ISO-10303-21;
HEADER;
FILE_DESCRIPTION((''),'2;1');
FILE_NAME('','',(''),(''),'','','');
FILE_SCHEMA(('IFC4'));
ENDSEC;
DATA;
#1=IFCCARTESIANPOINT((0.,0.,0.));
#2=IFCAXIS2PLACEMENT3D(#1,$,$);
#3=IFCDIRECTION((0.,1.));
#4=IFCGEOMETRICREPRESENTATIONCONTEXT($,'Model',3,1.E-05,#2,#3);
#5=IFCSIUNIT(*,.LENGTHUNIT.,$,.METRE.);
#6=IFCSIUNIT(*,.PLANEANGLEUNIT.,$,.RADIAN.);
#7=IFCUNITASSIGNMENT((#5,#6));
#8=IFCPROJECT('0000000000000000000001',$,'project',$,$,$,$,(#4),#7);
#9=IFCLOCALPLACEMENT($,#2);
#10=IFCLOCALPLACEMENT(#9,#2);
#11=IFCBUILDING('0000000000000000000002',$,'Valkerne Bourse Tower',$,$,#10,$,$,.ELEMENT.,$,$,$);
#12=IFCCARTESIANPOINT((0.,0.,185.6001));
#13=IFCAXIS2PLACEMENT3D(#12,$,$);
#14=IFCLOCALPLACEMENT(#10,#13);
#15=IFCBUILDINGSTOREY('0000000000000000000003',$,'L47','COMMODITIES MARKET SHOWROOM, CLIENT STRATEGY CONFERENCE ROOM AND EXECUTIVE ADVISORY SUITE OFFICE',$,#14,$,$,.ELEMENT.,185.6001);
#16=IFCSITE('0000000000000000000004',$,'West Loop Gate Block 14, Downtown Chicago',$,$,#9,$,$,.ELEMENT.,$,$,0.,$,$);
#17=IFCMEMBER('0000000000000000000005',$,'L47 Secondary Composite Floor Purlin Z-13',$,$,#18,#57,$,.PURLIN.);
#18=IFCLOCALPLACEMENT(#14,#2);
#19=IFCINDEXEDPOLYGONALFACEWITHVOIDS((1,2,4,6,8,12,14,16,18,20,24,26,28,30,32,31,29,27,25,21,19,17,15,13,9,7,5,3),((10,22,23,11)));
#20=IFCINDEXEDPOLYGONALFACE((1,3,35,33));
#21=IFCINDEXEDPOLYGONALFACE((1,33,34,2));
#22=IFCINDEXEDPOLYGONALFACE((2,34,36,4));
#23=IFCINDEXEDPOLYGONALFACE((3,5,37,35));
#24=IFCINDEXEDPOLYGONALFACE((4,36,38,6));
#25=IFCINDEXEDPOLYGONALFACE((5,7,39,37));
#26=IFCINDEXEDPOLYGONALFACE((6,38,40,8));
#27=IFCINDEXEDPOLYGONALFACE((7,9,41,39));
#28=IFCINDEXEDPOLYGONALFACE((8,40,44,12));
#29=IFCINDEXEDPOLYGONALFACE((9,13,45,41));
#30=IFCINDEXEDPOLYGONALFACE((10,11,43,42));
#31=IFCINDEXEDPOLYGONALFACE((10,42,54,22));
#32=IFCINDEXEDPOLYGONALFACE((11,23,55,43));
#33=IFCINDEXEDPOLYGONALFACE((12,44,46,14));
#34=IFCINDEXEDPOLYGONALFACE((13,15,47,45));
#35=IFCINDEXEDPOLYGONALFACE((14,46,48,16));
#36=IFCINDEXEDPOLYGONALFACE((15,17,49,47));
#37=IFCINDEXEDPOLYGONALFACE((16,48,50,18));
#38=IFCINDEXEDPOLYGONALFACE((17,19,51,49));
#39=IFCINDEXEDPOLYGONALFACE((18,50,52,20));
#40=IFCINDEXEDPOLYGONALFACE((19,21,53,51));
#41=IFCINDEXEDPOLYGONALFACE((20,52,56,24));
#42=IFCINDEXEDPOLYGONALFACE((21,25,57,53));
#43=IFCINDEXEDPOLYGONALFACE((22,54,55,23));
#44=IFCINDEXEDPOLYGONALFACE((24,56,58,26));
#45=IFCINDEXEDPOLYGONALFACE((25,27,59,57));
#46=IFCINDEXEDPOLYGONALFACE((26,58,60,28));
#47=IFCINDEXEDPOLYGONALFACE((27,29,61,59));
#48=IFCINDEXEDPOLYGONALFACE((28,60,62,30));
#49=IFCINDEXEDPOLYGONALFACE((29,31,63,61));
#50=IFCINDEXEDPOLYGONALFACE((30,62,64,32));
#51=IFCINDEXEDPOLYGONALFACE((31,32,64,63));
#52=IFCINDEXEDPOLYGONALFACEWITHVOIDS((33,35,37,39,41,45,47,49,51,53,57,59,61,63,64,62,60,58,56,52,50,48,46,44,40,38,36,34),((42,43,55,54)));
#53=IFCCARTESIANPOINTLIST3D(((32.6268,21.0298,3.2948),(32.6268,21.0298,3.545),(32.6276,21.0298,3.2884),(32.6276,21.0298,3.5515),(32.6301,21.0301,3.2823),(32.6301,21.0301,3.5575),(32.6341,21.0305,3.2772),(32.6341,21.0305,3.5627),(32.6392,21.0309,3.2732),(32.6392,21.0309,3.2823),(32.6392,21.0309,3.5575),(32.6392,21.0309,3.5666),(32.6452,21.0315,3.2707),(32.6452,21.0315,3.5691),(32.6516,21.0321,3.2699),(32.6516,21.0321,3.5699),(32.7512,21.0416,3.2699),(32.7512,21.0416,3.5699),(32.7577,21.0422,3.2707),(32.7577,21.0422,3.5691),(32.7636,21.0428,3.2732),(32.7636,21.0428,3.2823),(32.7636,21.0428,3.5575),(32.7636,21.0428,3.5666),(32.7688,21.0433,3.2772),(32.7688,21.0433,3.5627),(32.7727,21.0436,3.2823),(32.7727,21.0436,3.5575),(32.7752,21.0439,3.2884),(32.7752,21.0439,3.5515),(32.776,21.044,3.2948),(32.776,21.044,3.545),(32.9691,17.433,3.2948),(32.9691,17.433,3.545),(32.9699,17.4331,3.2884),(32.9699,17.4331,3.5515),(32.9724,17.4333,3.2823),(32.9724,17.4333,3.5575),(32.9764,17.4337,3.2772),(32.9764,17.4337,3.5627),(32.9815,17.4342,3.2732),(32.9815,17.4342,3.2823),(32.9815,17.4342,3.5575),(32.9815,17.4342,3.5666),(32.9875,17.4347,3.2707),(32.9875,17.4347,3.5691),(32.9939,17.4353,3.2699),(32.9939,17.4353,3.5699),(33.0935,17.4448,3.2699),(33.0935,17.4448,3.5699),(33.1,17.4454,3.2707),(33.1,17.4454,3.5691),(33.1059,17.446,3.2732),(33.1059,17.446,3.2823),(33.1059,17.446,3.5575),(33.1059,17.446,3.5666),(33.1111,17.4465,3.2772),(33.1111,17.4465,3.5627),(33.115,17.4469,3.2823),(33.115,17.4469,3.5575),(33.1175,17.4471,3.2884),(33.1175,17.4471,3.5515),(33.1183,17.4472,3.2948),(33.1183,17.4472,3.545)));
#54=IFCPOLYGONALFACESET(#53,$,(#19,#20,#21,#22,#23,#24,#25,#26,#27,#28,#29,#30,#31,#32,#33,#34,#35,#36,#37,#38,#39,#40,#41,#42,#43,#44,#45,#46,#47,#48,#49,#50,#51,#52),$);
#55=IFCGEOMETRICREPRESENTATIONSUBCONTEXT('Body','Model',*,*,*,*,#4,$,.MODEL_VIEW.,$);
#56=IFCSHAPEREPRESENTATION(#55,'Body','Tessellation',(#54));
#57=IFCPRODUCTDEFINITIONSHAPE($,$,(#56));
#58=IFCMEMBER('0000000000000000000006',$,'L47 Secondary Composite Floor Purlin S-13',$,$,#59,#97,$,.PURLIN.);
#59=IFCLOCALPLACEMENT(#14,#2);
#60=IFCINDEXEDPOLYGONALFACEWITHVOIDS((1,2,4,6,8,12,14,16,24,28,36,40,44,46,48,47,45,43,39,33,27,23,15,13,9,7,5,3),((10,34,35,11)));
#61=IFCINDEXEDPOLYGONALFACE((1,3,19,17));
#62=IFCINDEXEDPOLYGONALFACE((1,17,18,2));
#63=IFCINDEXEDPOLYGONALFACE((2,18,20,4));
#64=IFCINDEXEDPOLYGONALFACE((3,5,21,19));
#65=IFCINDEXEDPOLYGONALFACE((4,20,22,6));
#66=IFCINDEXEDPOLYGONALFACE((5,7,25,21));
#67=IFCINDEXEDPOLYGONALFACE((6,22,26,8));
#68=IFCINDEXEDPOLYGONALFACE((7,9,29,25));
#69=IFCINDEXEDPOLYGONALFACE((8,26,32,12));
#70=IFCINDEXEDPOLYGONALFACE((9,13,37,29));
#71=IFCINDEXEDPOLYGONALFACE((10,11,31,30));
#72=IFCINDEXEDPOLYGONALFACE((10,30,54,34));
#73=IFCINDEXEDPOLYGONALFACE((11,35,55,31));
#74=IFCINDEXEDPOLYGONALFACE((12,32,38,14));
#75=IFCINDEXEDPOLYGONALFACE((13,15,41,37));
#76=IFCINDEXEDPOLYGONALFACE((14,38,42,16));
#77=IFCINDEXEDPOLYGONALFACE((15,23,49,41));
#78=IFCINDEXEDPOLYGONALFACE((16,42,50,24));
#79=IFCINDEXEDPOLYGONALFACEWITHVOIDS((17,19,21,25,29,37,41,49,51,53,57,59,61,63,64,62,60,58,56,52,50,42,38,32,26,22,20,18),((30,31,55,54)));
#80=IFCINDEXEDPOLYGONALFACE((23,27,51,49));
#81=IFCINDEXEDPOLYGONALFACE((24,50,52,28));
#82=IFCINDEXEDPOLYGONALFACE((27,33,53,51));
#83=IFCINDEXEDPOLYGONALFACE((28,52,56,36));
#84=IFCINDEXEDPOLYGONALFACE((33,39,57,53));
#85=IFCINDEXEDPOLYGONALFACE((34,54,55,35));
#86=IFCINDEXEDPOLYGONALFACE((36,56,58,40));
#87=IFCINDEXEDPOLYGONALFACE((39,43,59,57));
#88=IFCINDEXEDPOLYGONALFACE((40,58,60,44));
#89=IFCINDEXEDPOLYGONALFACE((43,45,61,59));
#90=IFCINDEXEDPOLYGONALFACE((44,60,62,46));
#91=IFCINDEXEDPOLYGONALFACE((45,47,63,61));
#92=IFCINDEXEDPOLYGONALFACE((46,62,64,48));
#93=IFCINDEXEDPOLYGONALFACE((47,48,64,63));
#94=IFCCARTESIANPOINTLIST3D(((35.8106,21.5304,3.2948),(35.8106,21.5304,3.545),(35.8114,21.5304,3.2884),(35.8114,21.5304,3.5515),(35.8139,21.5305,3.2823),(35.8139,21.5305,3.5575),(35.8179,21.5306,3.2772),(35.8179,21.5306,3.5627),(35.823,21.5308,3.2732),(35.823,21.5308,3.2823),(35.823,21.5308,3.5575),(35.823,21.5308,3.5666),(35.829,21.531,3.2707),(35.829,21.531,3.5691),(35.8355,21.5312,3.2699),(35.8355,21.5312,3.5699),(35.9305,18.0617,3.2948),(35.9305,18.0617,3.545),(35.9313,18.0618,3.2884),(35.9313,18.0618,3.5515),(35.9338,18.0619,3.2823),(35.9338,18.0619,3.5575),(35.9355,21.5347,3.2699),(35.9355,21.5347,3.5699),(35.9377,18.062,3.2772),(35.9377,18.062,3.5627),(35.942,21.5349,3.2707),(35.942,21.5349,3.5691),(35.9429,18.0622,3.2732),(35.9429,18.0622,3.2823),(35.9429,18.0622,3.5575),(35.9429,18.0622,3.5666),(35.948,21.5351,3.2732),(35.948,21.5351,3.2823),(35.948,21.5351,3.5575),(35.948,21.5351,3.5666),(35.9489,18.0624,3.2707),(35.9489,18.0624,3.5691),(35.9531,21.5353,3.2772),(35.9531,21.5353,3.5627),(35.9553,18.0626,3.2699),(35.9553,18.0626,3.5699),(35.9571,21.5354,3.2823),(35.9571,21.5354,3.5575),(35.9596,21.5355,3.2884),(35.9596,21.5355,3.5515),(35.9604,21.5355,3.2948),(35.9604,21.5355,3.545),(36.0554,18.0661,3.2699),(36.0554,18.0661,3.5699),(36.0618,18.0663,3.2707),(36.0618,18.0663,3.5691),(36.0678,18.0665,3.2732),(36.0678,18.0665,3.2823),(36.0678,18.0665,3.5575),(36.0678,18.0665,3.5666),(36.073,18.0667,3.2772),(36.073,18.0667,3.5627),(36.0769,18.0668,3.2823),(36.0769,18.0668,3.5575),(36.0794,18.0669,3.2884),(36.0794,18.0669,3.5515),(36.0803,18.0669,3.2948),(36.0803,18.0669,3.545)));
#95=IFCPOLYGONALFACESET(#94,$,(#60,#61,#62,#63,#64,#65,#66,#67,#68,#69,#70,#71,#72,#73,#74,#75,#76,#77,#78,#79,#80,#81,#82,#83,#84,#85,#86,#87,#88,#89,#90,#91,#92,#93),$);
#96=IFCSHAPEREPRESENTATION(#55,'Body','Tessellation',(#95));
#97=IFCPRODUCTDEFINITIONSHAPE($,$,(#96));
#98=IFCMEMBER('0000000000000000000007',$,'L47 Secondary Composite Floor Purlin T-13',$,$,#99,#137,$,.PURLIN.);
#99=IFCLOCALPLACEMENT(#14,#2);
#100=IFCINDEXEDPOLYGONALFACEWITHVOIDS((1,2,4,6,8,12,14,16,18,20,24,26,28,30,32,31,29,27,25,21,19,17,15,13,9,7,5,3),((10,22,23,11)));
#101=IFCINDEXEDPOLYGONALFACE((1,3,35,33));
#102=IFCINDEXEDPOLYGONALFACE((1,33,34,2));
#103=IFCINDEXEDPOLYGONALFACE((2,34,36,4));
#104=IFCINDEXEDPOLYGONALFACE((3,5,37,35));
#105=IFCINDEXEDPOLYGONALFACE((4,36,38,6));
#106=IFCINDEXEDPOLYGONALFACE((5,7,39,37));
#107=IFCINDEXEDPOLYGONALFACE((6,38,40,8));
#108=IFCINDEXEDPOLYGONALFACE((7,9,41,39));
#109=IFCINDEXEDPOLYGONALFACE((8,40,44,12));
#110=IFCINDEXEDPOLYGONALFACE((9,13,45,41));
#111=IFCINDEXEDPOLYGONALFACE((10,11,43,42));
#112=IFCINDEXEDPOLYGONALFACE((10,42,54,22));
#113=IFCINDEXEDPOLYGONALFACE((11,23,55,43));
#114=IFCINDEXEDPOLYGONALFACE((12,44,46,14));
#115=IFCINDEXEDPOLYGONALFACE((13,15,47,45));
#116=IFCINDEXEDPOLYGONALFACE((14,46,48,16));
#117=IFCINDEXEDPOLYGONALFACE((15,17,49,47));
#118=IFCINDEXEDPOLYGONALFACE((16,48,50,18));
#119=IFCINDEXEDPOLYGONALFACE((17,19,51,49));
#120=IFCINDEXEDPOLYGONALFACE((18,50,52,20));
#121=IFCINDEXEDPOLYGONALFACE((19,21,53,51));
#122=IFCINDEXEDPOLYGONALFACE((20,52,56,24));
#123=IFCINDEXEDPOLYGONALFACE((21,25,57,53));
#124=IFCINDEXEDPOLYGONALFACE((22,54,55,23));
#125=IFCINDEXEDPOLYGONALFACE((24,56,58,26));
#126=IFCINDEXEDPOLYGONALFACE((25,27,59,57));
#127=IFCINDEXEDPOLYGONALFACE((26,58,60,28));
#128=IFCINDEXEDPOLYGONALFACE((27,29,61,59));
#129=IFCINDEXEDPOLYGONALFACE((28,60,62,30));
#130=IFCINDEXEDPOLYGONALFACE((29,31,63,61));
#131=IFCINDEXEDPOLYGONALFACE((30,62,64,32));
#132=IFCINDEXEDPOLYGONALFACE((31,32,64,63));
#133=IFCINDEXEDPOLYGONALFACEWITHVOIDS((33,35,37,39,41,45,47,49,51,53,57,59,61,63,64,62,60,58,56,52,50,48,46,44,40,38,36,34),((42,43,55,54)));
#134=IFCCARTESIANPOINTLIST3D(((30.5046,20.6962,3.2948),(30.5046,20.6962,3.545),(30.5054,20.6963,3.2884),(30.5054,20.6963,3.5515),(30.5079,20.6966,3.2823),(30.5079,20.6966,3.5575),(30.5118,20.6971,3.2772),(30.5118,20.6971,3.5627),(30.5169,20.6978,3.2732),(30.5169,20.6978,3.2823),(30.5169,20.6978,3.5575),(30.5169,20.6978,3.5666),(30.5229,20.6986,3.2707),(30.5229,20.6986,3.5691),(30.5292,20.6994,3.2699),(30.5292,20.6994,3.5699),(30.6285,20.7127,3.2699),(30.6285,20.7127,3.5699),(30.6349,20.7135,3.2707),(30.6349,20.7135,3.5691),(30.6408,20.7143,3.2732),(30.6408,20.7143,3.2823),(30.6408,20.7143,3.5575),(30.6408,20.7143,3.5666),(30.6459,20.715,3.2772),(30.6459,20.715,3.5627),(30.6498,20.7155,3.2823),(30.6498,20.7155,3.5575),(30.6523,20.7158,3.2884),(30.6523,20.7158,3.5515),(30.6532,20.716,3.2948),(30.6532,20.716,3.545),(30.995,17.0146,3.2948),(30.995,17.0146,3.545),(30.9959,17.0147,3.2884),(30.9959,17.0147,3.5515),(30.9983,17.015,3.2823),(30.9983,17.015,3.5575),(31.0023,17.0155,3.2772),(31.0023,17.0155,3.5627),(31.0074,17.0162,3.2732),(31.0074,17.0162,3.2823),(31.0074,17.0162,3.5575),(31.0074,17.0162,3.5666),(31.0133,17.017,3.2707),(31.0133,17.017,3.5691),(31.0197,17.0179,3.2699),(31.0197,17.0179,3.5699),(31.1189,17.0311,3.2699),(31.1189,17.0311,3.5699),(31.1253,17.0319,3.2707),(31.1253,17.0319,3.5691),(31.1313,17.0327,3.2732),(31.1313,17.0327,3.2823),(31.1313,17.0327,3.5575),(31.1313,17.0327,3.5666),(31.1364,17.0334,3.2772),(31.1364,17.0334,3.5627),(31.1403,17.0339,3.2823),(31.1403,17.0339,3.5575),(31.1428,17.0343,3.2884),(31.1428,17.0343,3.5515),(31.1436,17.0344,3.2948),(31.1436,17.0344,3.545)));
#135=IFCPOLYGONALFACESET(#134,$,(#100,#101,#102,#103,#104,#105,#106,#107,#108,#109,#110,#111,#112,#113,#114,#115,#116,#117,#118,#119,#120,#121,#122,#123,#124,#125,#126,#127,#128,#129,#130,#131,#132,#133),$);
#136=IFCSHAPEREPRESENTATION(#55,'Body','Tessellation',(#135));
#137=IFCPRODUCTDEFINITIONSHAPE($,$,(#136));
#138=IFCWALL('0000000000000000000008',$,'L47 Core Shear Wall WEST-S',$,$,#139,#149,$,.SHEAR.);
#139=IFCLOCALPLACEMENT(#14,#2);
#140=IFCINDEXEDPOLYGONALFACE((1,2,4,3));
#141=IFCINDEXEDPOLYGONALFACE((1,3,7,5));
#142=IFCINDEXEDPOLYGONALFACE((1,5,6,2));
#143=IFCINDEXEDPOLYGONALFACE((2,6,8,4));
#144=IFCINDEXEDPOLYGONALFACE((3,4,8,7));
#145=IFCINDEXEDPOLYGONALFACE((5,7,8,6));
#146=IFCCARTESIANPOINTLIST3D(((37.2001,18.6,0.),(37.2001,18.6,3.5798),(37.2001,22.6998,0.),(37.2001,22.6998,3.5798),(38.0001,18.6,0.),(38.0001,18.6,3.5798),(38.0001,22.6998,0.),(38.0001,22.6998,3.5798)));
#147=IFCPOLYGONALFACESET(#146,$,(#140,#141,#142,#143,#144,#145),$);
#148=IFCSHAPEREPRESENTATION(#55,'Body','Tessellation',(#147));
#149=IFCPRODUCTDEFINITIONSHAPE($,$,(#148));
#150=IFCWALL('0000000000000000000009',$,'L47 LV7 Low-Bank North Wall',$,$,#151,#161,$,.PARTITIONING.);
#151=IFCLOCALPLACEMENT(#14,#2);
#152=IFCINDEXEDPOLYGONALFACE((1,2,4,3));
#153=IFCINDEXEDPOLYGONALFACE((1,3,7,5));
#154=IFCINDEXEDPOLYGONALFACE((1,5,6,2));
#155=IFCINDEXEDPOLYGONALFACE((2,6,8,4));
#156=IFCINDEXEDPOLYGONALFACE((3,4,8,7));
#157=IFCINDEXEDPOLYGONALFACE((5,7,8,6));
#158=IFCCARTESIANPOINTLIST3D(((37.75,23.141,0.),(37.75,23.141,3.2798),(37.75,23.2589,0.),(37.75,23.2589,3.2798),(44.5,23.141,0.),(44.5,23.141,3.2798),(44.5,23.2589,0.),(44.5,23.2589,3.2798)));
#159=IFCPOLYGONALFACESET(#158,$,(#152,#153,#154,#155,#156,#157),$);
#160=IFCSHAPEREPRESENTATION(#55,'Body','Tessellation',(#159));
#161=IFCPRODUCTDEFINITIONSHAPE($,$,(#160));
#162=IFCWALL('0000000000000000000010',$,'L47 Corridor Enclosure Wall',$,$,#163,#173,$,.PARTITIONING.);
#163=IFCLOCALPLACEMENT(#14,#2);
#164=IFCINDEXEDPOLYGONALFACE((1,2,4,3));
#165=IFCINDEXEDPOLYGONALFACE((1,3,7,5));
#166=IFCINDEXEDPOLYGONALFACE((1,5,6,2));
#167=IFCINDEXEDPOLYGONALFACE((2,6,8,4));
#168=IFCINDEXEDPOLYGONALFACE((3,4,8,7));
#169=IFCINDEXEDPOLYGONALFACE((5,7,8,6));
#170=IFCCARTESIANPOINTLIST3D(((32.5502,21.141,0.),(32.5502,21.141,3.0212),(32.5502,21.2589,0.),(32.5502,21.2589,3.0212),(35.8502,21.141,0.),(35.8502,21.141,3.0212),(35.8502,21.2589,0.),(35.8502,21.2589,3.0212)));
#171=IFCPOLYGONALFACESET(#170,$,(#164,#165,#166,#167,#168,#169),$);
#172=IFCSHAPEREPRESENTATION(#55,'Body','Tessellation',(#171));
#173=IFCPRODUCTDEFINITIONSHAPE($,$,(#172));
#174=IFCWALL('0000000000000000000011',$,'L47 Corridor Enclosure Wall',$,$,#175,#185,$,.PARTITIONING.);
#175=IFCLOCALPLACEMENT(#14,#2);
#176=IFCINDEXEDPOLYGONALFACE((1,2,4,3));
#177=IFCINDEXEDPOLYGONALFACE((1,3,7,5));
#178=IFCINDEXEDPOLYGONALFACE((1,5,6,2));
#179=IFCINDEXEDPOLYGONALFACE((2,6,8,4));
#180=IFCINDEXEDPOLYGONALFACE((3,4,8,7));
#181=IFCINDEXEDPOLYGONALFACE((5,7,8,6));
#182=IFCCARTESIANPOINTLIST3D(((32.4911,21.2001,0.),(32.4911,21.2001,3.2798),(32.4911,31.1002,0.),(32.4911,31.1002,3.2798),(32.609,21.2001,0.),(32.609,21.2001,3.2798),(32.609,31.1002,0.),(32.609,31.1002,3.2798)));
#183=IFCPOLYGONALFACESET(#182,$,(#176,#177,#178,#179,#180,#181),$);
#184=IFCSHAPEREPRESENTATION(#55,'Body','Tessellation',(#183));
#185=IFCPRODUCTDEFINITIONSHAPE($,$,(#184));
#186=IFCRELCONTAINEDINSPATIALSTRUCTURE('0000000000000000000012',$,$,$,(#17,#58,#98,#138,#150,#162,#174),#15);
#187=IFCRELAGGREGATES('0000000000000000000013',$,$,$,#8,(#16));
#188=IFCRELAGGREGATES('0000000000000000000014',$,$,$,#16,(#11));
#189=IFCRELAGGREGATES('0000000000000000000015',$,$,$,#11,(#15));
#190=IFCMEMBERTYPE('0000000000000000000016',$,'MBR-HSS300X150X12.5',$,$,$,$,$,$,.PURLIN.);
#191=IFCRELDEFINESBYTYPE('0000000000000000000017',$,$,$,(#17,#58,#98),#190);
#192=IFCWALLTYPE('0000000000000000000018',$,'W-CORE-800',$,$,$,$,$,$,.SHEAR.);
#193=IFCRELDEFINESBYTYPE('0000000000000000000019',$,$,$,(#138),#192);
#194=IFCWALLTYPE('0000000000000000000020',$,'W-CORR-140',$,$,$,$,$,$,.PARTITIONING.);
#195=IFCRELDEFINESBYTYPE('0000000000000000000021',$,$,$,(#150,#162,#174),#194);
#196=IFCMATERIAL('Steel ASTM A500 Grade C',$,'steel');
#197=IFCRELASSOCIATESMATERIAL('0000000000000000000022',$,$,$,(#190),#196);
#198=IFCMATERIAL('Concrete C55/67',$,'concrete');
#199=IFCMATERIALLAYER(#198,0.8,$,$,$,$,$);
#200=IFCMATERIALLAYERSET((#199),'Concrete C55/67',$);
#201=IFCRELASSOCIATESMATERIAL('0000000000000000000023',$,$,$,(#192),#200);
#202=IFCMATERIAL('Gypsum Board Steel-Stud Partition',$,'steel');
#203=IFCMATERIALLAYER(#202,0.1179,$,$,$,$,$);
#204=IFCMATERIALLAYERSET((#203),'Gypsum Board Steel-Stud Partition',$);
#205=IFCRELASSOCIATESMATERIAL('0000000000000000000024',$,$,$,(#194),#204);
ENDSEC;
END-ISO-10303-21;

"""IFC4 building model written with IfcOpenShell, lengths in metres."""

from ifc_helpers import new_model, si_unit, direction, frame, frame_2d, origin, origin_2d, place, context, subcontext, project, spatial, rectangle, hollow_rectangle, extrude, material, layer, layer_set, material_profile, profile_set, type_object, element, save


model = new_model("IFC4")

# Units and contexts
model_context = context("Model", 3, precision=1e-05, world=origin(), true_north=direction((0.0, 1.0)))
body_context = subcontext(model_context, "Body", "Model", "MODEL_VIEW")
ifc_project = project(units=[si_unit("LENGTHUNIT", "METRE"), si_unit("PLANEANGLEUNIT", "RADIAN")], contexts=[model_context])

# Site, building, storey
site_placement = place(None, origin())
site = spatial("IfcSite", under=ifc_project, at=site_placement, Name="West Loop Gate Block 14, Downtown Chicago", CompositionType="ELEMENT", RefElevation=0.0)
building_placement = place(site_placement, origin())
building = spatial("IfcBuilding", under=site, at=building_placement, Name="Valkerne Bourse Tower", CompositionType="ELEMENT")
storey_placement = place(building_placement, frame((0.0, 0.0, 185.6001)))
storey = spatial("IfcBuildingStorey", under=building, at=storey_placement, Name="L47", Description="COMMODITIES MARKET SHOWROOM, CLIENT STRATEGY CONFERENCE ROOM AND EXECUTIVE ADVISORY SUITE OFFICE", CompositionType="ELEMENT", Elevation=185.6001)

# Members
ifc_material_1 = material(Name="Steel ASTM A500 Grade C", Category="steel")
ifc_material_profile_1 = material_profile(ifc_material_1, hollow_rectangle(XDim=0.1499, YDim=0.3, WallThickness=0.0125, OuterFilletRadius=0.0249, at=origin_2d()), Name="HSS300X150X12.5")
ifc_profile_set_1 = profile_set([ifc_material_profile_1], Name="Steel ASTM A500 Grade C")
member_type = type_object("IfcMemberType", Name="MBR-HSS300X150X12.5", PredefinedType="PURLIN", material=ifc_profile_set_1)
member_1_placement = place(storey_placement, frame((32.7014, 21.0369, 3.4199), z_axis=(0.094739, -0.995502, 0.0), x_axis=(0.995502, 0.094739, 0.0)))
element("IfcMember", 1, at=member_1_placement, inside=storey, type_object=member_type, Name="L47 Secondary Composite Floor Purlin Z-13", PredefinedType="PURLIN", context=body_context, shape_type="SweptSolid", body=[
    extrude(hollow_rectangle(XDim=0.1499, YDim=0.3, WallThickness=0.0125, OuterFilletRadius=0.0249, at=origin_2d()), origin(), (0.0, 0.0, 1.0), 3.613),
])
member_2_placement = place(storey_placement, frame((35.8855, 21.533, 3.4199), z_axis=(0.034537, -0.999403, 0.0), x_axis=(0.999403, 0.034537, 0.0)))
element("IfcMember", 2, at=member_2_placement, inside=storey, type_object=member_type, Name="L47 Secondary Composite Floor Purlin S-13", PredefinedType="PURLIN", context=body_context, shape_type="SweptSolid", body=[
    extrude(hollow_rectangle(XDim=0.1499, YDim=0.3, WallThickness=0.0125, OuterFilletRadius=0.0249, at=origin_2d()), origin(), (0.0, 0.0, 1.0), 3.4707),
])
member_3_placement = place(storey_placement, frame((30.5789, 20.7061, 3.4199), z_axis=(0.132056, -0.991242, 0.0), x_axis=(0.991242, 0.132056, 0.0)))
element("IfcMember", 3, at=member_3_placement, inside=storey, type_object=member_type, Name="L47 Secondary Composite Floor Purlin T-13", PredefinedType="PURLIN", context=body_context, shape_type="SweptSolid", body=[
    extrude(hollow_rectangle(XDim=0.1499, YDim=0.3, WallThickness=0.0125, OuterFilletRadius=0.0249, at=origin_2d()), origin(), (0.0, 0.0, 1.0), 3.7141),
])

# Shared definitions
ifc_material_2 = material(Name="Concrete C55/67", Category="concrete")
ifc_layer_1 = layer(ifc_material_2, 0.8)
ifc_layer_set_1 = layer_set([ifc_layer_1], Name="Concrete C55/67")
wall_type_1 = type_object("IfcWallType", Name="W-CORE-800", PredefinedType="SHEAR", material=ifc_layer_set_1)

# Walls
wall_1_placement = place(storey_placement, frame((37.6001, 18.6001, 0.0), z_axis=(0.0, 0.0, 1.0), x_axis=(0.0, 1.0, 0.0)))
element("IfcWall", 4, at=wall_1_placement, inside=storey, type_object=wall_type_1, Name="L47 Core Shear Wall WEST-S", PredefinedType="SHEAR", context=body_context, shape_type="SweptSolid", body=[
    extrude(rectangle(XDim=4.0999, YDim=0.8, at=frame_2d((2.0498, 0.0))), origin(), (0.0, 0.0, 1.0), 3.5798),
])
ifc_material_3 = material(Name="Gypsum Board Steel-Stud Partition", Category="steel")
ifc_layer_2 = layer(ifc_material_3, 0.1179)
ifc_layer_set_2 = layer_set([ifc_layer_2], Name="Gypsum Board Steel-Stud Partition")
wall_type_2 = type_object("IfcWallType", Name="W-CORR-140", PredefinedType="PARTITIONING", material=ifc_layer_set_2)
wall_2_placement = place(storey_placement, frame((37.75, 23.2, 0.0), z_axis=(0.0, 0.0, 1.0), x_axis=(1.0, 0.0, 0.0)))
element("IfcWall", 5, at=wall_2_placement, inside=storey, type_object=wall_type_2, Name="L47 LV7 Low-Bank North Wall", PredefinedType="PARTITIONING", context=body_context, shape_type="SweptSolid", body=[
    extrude(rectangle(XDim=6.75, YDim=0.1179, at=frame_2d((3.375, 0.0))), origin(), (0.0, 0.0, 1.0), 3.2798),
])
wall_3_placement = place(storey_placement, frame((35.8501, 21.2, 0.0), z_axis=(0.0, 0.0, 1.0), x_axis=(-1.0, 0.0, 0.0)))
element("IfcWall", 6, at=wall_3_placement, inside=storey, type_object=wall_type_2, Name="L47 Corridor Enclosure Wall", PredefinedType="PARTITIONING", context=body_context, shape_type="SweptSolid", body=[
    extrude(rectangle(XDim=3.3, YDim=0.1179, at=frame_2d((1.6499, 0.0))), origin(), (0.0, 0.0, 1.0), 3.0212),
])
wall_4_placement = place(storey_placement, frame((32.55, 21.2, 0.0), z_axis=(0.0, 0.0, 1.0), x_axis=(0.0, 1.0, 0.0)))
element("IfcWall", 7, at=wall_4_placement, inside=storey, type_object=wall_type_2, Name="L47 Corridor Enclosure Wall", PredefinedType="PARTITIONING", context=body_context, shape_type="SweptSolid", body=[
    extrude(rectangle(XDim=9.9001, YDim=0.1179, at=frame_2d((4.9502, 0.0))), origin(), (0.0, 0.0, 1.0), 3.2798),
])

save(model, "model.ifc")
